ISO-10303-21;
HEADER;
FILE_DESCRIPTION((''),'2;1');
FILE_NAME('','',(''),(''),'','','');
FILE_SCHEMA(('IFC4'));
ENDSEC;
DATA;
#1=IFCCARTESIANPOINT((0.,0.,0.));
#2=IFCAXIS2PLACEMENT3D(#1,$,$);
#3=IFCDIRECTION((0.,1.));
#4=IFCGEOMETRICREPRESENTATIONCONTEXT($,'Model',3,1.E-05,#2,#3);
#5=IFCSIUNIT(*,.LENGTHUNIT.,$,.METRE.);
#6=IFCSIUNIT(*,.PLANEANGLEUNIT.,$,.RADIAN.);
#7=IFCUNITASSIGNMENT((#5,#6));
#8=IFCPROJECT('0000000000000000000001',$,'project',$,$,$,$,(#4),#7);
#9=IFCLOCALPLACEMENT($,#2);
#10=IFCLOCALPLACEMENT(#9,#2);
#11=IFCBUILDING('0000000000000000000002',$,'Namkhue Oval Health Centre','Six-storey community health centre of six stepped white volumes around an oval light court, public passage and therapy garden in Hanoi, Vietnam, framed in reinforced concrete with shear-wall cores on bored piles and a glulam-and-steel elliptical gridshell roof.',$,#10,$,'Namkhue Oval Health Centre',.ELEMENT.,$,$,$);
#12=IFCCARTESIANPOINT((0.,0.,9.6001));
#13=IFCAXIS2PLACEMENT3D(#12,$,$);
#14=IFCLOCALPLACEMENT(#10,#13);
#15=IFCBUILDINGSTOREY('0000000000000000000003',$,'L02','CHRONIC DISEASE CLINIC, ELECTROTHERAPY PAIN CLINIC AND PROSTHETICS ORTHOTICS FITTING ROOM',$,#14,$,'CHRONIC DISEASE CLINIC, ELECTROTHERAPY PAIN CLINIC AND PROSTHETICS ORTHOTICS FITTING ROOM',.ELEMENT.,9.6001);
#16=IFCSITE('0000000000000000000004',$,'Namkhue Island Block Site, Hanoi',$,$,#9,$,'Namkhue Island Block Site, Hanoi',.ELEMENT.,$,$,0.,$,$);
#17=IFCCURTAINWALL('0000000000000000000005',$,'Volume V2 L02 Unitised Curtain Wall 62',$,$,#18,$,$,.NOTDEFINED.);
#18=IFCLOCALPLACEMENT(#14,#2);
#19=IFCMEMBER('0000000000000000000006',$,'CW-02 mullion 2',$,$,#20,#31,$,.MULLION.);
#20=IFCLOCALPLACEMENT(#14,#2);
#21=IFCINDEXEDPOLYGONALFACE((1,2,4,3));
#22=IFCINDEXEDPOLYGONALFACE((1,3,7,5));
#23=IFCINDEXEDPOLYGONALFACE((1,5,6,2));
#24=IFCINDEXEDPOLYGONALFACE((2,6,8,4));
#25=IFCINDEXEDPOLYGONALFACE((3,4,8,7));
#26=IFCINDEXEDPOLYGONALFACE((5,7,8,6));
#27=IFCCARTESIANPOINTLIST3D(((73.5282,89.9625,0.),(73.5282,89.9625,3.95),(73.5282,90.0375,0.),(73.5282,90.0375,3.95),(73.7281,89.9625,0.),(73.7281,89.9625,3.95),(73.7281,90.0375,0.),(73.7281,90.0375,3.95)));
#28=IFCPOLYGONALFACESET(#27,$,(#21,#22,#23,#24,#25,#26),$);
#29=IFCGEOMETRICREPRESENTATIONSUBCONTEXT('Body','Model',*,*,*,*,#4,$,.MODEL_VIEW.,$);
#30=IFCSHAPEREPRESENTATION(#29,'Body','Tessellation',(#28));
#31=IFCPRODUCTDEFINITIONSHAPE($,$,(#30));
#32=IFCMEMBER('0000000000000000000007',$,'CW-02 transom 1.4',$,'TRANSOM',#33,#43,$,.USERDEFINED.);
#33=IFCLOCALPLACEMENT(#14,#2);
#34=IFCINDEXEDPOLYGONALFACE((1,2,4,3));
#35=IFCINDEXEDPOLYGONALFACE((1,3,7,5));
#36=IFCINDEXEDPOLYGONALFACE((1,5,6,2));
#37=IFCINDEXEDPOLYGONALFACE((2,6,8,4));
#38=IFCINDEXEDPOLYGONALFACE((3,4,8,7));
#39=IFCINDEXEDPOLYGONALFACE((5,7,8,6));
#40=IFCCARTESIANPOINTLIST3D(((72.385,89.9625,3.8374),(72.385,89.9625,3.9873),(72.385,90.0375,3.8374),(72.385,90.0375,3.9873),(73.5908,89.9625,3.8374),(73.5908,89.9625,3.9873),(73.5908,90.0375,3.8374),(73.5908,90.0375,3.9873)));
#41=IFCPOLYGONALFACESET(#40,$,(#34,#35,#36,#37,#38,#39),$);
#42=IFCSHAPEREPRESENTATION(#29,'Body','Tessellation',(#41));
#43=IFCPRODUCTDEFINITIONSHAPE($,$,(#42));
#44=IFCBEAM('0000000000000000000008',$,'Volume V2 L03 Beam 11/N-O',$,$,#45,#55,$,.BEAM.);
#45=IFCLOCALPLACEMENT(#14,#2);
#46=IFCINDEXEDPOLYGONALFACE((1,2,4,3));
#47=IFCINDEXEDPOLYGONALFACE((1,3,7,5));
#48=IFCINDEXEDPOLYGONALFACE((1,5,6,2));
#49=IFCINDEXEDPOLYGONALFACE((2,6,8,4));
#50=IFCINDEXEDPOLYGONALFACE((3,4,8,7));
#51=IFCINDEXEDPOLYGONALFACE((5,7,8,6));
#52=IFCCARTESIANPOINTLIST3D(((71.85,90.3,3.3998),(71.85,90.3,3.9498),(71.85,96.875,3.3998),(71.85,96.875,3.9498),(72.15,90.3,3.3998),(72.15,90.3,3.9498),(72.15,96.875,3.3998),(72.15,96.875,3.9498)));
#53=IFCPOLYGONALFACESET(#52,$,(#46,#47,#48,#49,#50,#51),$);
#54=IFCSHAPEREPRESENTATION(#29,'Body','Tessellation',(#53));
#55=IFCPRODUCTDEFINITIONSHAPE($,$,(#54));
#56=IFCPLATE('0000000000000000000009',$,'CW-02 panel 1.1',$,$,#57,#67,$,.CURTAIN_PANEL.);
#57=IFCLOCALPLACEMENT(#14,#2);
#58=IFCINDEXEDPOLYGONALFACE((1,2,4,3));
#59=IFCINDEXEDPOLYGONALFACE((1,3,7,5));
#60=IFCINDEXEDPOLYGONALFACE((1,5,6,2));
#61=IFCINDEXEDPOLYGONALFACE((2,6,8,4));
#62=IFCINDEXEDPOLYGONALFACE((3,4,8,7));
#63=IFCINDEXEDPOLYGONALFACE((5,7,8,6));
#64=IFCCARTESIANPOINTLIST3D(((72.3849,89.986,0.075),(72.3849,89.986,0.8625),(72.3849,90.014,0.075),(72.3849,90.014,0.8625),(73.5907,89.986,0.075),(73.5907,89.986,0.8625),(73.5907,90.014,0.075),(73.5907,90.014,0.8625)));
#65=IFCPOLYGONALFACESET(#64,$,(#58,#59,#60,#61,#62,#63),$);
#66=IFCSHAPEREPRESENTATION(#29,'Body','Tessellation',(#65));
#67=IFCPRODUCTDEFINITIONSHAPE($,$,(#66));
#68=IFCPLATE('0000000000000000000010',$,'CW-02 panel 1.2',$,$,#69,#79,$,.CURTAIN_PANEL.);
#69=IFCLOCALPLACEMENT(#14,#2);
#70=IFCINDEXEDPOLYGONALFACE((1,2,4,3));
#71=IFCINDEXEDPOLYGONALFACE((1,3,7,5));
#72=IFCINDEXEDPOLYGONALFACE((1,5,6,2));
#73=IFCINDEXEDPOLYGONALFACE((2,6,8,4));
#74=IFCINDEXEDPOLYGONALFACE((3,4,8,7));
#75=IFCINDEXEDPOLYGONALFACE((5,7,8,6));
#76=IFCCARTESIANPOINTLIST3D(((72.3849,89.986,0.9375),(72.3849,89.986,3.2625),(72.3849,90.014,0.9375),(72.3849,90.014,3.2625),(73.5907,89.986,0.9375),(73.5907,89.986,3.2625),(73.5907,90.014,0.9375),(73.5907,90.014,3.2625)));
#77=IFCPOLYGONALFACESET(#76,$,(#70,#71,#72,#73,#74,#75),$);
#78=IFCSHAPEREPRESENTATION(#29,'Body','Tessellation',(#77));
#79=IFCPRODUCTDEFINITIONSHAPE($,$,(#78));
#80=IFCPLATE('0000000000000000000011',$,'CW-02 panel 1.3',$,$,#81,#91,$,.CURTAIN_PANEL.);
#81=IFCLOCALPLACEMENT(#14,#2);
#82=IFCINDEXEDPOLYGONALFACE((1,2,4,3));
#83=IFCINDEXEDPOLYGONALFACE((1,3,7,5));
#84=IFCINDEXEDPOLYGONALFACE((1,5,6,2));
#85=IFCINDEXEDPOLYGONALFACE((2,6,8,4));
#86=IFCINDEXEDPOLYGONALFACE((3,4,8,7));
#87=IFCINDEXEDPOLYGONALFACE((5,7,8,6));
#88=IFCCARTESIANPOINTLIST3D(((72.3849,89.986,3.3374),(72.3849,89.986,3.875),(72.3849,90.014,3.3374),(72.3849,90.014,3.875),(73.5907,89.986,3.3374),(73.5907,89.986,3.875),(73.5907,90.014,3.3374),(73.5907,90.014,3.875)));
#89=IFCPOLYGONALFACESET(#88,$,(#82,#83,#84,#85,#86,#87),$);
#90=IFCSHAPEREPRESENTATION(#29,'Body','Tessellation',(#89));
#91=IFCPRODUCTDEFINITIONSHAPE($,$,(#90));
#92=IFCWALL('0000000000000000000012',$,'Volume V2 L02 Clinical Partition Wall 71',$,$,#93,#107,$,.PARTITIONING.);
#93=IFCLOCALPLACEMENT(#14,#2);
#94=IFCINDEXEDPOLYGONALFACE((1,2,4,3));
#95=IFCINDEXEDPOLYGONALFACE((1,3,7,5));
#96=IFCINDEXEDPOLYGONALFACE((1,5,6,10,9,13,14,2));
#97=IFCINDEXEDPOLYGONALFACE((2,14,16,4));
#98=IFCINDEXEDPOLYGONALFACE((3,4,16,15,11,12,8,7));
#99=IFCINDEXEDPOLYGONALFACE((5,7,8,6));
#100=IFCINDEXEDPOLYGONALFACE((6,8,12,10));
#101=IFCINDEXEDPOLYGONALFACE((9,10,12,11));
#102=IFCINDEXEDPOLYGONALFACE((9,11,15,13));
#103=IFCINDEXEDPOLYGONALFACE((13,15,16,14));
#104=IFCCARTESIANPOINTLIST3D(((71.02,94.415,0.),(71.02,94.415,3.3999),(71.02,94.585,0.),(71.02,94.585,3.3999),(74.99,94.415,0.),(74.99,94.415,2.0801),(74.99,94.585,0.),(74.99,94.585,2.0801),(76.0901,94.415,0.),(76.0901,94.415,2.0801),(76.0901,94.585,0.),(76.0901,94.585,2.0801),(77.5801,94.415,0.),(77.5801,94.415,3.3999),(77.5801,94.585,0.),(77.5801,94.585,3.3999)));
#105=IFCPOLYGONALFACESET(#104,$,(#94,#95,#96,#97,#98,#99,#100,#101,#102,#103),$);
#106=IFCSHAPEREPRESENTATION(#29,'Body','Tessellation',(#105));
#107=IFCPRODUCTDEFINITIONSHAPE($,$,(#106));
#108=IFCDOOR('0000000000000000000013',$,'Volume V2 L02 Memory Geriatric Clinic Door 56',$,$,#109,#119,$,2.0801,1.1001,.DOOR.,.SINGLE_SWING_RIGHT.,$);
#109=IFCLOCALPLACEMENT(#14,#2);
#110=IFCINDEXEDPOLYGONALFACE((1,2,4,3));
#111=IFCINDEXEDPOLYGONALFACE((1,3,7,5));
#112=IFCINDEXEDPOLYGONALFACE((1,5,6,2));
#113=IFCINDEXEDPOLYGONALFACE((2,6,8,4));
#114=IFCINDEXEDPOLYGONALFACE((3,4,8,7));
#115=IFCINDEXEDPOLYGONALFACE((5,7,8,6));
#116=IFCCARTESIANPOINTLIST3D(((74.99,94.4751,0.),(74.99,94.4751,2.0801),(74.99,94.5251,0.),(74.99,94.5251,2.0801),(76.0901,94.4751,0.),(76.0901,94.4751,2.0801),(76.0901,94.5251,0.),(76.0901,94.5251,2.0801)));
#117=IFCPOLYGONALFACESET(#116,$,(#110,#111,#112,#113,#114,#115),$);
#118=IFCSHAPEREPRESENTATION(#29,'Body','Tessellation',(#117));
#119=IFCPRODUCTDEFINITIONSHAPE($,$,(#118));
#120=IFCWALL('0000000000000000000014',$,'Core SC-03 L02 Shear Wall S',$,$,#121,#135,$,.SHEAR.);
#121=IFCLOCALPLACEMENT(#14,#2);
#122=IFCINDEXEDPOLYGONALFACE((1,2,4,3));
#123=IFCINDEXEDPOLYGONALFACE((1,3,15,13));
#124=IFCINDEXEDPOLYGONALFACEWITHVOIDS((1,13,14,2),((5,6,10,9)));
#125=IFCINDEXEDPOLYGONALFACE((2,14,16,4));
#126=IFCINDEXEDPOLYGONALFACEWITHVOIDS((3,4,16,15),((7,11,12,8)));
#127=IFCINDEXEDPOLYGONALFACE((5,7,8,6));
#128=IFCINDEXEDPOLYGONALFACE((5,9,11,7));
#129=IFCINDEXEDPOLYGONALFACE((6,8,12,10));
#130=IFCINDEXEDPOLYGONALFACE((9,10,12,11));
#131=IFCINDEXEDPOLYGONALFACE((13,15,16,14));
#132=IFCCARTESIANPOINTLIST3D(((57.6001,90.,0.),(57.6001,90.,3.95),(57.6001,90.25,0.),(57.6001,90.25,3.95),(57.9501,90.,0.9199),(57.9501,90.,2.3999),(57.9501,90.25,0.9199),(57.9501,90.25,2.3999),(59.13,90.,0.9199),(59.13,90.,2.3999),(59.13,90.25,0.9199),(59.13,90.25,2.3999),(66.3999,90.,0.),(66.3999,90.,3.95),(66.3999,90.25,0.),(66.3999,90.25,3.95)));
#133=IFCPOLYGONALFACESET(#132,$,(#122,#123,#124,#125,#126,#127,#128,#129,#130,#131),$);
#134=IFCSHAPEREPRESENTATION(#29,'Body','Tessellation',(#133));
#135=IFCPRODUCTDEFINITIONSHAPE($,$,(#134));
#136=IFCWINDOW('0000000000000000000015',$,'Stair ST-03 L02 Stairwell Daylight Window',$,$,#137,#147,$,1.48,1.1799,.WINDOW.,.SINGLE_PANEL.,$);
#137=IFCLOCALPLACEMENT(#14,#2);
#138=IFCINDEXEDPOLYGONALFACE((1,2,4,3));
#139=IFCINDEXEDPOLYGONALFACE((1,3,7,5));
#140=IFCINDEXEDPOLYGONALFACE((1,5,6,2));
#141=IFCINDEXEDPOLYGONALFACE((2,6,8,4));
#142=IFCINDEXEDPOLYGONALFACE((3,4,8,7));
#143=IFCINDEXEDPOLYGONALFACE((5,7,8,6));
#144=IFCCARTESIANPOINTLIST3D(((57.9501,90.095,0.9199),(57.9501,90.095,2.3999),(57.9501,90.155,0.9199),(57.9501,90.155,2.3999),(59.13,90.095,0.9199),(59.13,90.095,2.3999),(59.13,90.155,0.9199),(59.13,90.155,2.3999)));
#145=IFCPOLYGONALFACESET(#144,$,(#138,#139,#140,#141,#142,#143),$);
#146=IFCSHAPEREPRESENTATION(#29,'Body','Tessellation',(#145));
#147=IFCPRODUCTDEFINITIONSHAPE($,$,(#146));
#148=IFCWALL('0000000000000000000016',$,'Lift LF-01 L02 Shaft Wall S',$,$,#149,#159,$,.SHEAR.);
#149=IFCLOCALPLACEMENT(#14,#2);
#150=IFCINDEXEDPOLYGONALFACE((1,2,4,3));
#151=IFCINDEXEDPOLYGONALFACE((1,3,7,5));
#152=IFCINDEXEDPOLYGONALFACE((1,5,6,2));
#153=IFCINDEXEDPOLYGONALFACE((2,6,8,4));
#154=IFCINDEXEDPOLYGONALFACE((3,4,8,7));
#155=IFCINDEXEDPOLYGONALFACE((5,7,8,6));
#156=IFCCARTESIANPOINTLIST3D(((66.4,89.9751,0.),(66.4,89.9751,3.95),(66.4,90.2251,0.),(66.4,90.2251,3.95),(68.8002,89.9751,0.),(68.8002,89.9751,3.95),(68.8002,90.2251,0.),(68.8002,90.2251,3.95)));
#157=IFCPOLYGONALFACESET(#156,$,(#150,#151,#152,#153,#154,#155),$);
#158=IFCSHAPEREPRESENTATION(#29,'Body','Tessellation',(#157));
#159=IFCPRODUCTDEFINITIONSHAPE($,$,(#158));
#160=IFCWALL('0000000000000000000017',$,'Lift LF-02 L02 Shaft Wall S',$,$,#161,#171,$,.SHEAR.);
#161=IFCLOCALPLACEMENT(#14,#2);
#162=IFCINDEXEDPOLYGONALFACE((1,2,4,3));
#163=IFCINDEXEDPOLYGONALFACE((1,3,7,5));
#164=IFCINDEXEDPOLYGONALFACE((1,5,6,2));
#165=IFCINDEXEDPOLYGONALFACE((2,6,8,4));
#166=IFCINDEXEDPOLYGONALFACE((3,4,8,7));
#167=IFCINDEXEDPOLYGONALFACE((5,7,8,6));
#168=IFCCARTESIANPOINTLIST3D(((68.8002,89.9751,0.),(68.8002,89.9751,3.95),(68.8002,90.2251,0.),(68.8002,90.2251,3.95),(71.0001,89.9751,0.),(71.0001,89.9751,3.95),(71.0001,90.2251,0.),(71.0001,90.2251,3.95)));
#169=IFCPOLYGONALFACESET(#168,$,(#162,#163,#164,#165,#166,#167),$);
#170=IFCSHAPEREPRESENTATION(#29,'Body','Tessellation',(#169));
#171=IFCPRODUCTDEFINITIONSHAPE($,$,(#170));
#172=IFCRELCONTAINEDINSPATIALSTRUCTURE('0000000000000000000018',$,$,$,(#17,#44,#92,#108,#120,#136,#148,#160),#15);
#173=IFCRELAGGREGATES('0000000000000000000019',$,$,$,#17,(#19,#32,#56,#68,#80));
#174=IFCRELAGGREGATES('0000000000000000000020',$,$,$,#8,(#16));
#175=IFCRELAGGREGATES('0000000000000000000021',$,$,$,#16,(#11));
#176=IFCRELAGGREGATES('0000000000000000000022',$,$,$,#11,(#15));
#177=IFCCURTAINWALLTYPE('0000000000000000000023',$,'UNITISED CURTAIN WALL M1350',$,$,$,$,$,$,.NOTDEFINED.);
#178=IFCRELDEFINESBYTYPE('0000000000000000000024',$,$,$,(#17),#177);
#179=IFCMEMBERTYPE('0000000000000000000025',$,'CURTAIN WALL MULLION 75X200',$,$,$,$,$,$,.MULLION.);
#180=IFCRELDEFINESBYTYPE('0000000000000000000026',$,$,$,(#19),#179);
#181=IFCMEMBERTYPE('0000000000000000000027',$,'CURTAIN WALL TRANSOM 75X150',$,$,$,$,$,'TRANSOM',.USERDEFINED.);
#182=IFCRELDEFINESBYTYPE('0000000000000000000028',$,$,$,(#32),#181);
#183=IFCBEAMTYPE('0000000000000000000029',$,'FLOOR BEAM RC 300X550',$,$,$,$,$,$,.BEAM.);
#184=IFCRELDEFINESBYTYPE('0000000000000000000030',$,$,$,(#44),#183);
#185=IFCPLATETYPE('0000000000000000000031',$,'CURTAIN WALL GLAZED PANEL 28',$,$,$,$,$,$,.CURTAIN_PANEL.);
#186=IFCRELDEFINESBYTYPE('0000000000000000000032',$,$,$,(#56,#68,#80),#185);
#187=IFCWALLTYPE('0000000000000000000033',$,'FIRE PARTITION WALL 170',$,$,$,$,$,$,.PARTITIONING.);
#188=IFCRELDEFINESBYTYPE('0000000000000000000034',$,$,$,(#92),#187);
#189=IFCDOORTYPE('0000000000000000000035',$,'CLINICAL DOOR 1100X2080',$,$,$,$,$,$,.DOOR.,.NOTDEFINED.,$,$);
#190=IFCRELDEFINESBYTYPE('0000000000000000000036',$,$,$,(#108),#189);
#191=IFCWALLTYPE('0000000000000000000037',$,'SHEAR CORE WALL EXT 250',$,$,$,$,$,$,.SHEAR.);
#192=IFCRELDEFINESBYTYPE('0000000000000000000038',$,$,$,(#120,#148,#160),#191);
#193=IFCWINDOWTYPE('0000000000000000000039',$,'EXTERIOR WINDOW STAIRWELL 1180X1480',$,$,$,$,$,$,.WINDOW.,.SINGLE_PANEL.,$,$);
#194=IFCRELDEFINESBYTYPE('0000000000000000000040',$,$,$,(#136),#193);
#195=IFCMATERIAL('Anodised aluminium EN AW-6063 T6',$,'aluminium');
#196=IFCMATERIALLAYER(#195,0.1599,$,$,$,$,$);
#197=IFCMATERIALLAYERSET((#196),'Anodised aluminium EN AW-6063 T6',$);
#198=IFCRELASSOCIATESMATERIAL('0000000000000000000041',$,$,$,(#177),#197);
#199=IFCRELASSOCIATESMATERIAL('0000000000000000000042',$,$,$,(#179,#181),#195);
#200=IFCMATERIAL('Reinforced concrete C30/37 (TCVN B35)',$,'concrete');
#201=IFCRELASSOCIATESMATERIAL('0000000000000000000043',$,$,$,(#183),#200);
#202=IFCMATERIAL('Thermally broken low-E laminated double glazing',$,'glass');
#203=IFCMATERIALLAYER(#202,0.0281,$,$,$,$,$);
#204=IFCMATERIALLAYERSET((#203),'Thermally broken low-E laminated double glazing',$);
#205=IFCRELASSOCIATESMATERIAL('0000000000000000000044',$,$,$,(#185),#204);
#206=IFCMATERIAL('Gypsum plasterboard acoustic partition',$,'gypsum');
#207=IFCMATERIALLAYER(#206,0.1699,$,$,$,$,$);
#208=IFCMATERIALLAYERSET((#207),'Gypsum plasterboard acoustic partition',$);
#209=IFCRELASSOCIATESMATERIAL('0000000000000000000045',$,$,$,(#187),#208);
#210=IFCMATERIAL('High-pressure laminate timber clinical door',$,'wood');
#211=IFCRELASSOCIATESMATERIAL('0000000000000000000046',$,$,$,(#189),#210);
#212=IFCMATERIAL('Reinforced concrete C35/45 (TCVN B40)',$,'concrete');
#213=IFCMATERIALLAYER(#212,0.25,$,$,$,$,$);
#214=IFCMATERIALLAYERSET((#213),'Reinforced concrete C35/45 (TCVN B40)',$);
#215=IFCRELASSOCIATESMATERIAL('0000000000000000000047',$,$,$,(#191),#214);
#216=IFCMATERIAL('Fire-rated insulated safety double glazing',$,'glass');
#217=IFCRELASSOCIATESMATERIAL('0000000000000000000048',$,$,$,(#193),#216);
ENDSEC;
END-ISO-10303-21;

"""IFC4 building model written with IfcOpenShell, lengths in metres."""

from ifc_helpers import new_model, si_unit, direction, frame, frame_2d, origin, origin_2d, place, context, subcontext, project, spatial, rectangle, extrude, material, layer, layer_set, material_profile, profile_set, type_object, element, fill, aggregate, save


model = new_model("IFC4")

# Units and contexts
model_context = context("Model", 3, precision=1e-05, world=origin(), true_north=direction((0.0, 1.0)))
body_context = subcontext(model_context, "Body", "Model", "MODEL_VIEW")
ifc_project = project(units=[si_unit("LENGTHUNIT", "METRE"), si_unit("PLANEANGLEUNIT", "RADIAN")], contexts=[model_context])

# Site, building, storey
site_placement = place(None, origin())
site = spatial("IfcSite", under=ifc_project, at=site_placement, Name="Namkhue Island Block Site, Hanoi", LongName="Namkhue Island Block Site, Hanoi", CompositionType="ELEMENT", RefElevation=0.0)
building_placement = place(site_placement, origin())
building = spatial("IfcBuilding", under=site, at=building_placement, Name="Namkhue Oval Health Centre", Description="Six-storey community health centre of six stepped white volumes around an oval light court, public passage and therapy garden in Hanoi, Vietnam, framed in reinforced concrete with shear-wall cores on bored piles and a glulam-and-steel elliptical gridshell roof.", LongName="Namkhue Oval Health Centre", CompositionType="ELEMENT")
storey_placement = place(building_placement, frame((0.0, 0.0, 9.6001)))
storey = spatial("IfcBuildingStorey", under=building, at=storey_placement, Name="L02", Description="CHRONIC DISEASE CLINIC, ELECTROTHERAPY PAIN CLINIC AND PROSTHETICS ORTHOTICS FITTING ROOM", LongName="CHRONIC DISEASE CLINIC, ELECTROTHERAPY PAIN CLINIC AND PROSTHETICS ORTHOTICS FITTING ROOM", CompositionType="ELEMENT", Elevation=9.6001)

# Curtain wall, members
ifc_material_1 = material(Name="Anodised aluminium EN AW-6063 T6", Category="aluminium")
ifc_layer_1 = layer(ifc_material_1, 0.1599)
ifc_layer_set_1 = layer_set([ifc_layer_1], Name="Anodised aluminium EN AW-6063 T6")
curtain_wall_type = type_object("IfcCurtainWallType", Name="UNITISED CURTAIN WALL M1350", PredefinedType="NOTDEFINED", material=ifc_layer_set_1)
curtain_wall_placement = place(storey_placement, origin())
curtain_wall = element("IfcCurtainWall", 1, at=curtain_wall_placement, inside=storey, type_object=curtain_wall_type, Name="Volume V2 L02 Unitised Curtain Wall 62", PredefinedType="NOTDEFINED")
ifc_material_profile_1 = material_profile(ifc_material_1, rectangle(XDim=0.075, YDim=0.2, at=origin_2d()), Name="ALU 75x200")
ifc_profile_set_1 = profile_set([ifc_material_profile_1], Name="Anodised aluminium EN AW-6063 T6")
member_type_1 = type_object("IfcMemberType", Name="CURTAIN WALL MULLION 75X200", PredefinedType="MULLION", material=ifc_profile_set_1)
member_1_placement = place(storey_placement, frame((73.6282, 90.0, 0.0), z_axis=(0.0, 0.0, 1.0), x_axis=(0.0, 1.0, 0.0)))
member_1 = element("IfcMember", 2, at=member_1_placement, type_object=member_type_1, Name="CW-02 mullion 2", PredefinedType="MULLION", context=body_context, shape_type="SweptSolid", body=[
    extrude(rectangle(XDim=0.075, YDim=0.2, at=origin_2d()), origin(), (0.0, 0.0, 1.0), 3.95),
])
ifc_material_profile_2 = material_profile(ifc_material_1, rectangle(XDim=0.075, YDim=0.1499, at=origin_2d()), Name="ALU 75x150")
ifc_profile_set_2 = profile_set([ifc_material_profile_2], Name="Anodised aluminium EN AW-6063 T6")
member_type_2 = type_object("IfcMemberType", Name="CURTAIN WALL TRANSOM 75X150", ElementType="TRANSOM", PredefinedType="USERDEFINED", material=ifc_profile_set_2)
member_2_placement = place(storey_placement, frame((72.385, 90.0, 3.9124), z_axis=(1.0, 0.0, 0.0), x_axis=(0.0, 1.0, 0.0)))
member_2 = element("IfcMember", 3, at=member_2_placement, type_object=member_type_2, Name="CW-02 transom 1.4", ObjectType="TRANSOM", PredefinedType="USERDEFINED", context=body_context, shape_type="SweptSolid", body=[
    extrude(rectangle(XDim=0.075, YDim=0.1499, at=origin_2d()), origin(), (0.0, 0.0, 1.0), 1.2058),
])

# Beam
ifc_material_2 = material(Name="Reinforced concrete C30/37 (TCVN B35)", Category="concrete")
ifc_material_profile_3 = material_profile(ifc_material_2, rectangle(XDim=0.3, YDim=0.55, at=origin_2d()), Name="RC 300x550")
ifc_profile_set_3 = profile_set([ifc_material_profile_3], Name="Reinforced concrete C30/37 (TCVN B35)")
beam_type = type_object("IfcBeamType", Name="FLOOR BEAM RC 300X550", PredefinedType="BEAM", material=ifc_profile_set_3)
beam_placement = place(storey_placement, frame((72.0, 90.3, 3.6748), z_axis=(0.0, 1.0, 0.0), x_axis=(-1.0, 0.0, 0.0)))
element("IfcBeam", 4, at=beam_placement, inside=storey, type_object=beam_type, Name="Volume V2 L03 Beam 11/N-O", PredefinedType="BEAM", context=body_context, shape_type="SweptSolid", body=[
    extrude(rectangle(XDim=0.3, YDim=0.55, at=origin_2d()), origin(), (0.0, 0.0, 1.0), 6.575),
])

# Plates
ifc_material_3 = material(Name="Thermally broken low-E laminated double glazing", Category="glass")
ifc_layer_2 = layer(ifc_material_3, 0.0281)
ifc_layer_set_2 = layer_set([ifc_layer_2], Name="Thermally broken low-E laminated double glazing")
plate_type = type_object("IfcPlateType", Name="CURTAIN WALL GLAZED PANEL 28", PredefinedType="CURTAIN_PANEL", material=ifc_layer_set_2)
plate_1_placement = place(storey_placement, frame((72.9878, 90.0, 0.075), z_axis=(0.0, 0.0, 1.0), x_axis=(1.0, 0.0, 0.0)))
plate_1 = element("IfcPlate", 5, at=plate_1_placement, type_object=plate_type, Name="CW-02 panel 1.1", PredefinedType="CURTAIN_PANEL", context=body_context, shape_type="SweptSolid", body=[
    extrude(rectangle(XDim=1.2058, YDim=0.0281, at=origin_2d()), origin(), (0.0, 0.0, 1.0), 0.7876),
])
plate_2_placement = place(storey_placement, frame((72.9878, 90.0, 0.9375), z_axis=(0.0, 0.0, 1.0), x_axis=(1.0, 0.0, 0.0)))
plate_2 = element("IfcPlate", 6, at=plate_2_placement, type_object=plate_type, Name="CW-02 panel 1.2", PredefinedType="CURTAIN_PANEL", context=body_context, shape_type="SweptSolid", body=[
    extrude(rectangle(XDim=1.2058, YDim=0.0281, at=origin_2d()), origin(), (0.0, 0.0, 1.0), 2.325),
])
plate_3_placement = place(storey_placement, frame((72.9878, 90.0, 3.3374), z_axis=(0.0, 0.0, 1.0), x_axis=(1.0, 0.0, 0.0)))
plate_3 = element("IfcPlate", 7, at=plate_3_placement, type_object=plate_type, Name="CW-02 panel 1.3", PredefinedType="CURTAIN_PANEL", context=body_context, shape_type="SweptSolid", body=[
    extrude(rectangle(XDim=1.2058, YDim=0.0281, at=origin_2d()), origin(), (0.0, 0.0, 1.0), 0.5376),
])
aggregate(curtain_wall, [member_1, member_2, plate_1, plate_2, plate_3])

# Wall, opening, door
ifc_material_4 = material(Name="Gypsum plasterboard acoustic partition", Category="gypsum")
ifc_layer_3 = layer(ifc_material_4, 0.1699)
ifc_layer_set_3 = layer_set([ifc_layer_3], Name="Gypsum plasterboard acoustic partition")
wall_type_1 = type_object("IfcWallType", Name="FIRE PARTITION WALL 170", PredefinedType="PARTITIONING", material=ifc_layer_set_3)
wall_1_placement = place(storey_placement, frame((71.02, 94.5, 0.0), z_axis=(0.0, 0.0, 1.0), x_axis=(1.0, 0.0, 0.0)))
wall_1 = element("IfcWall", 8, at=wall_1_placement, inside=storey, type_object=wall_type_1, Name="Volume V2 L02 Clinical Partition Wall 71", PredefinedType="PARTITIONING", context=body_context, shape_type="SweptSolid", body=[
    extrude(rectangle(XDim=6.5601, YDim=0.1699, at=frame_2d((3.28, 0.0))), origin(), (0.0, 0.0, 1.0), 3.3999),
])
opening_1_placement = place(wall_1_placement, frame((3.97, 0.0, 0.0)))
opening_1 = element("IfcOpeningElement", 9, at=opening_1_placement, cuts=wall_1, PredefinedType="OPENING", context=body_context, shape_type="SweptSolid", body=[
    extrude(rectangle(XDim=1.1001, YDim=2.0801, at=frame_2d((0.55, 1.04))), frame((0.0, 0.095, 0.0), z_axis=(0.0, -1.0, 0.0), x_axis=(1.0, 0.0, 0.0)), (0.0, 0.0, 1.0), 0.1899),
])
ifc_material_5 = material(Name="High-pressure laminate timber clinical door", Category="wood")
door_type_1 = type_object("IfcDoorType", Name="CLINICAL DOOR 1100X2080", OperationType="NOTDEFINED", PredefinedType="DOOR", material=ifc_material_5)
door_1_placement = place(opening_1_placement, frame((1.1001, 0.0, 0.0), z_axis=(0.0, 0.0, 1.0), x_axis=(-1.0, 0.0, 0.0)))
door_1 = element("IfcDoor", 10, at=door_1_placement, inside=storey, type_object=door_type_1, Name="Volume V2 L02 Memory Geriatric Clinic Door 56", OperationType="SINGLE_SWING_RIGHT", OverallHeight=2.0801, OverallWidth=1.1001, PredefinedType="DOOR", context=body_context, shape_type="SweptSolid", body=[
    extrude(rectangle(XDim=1.1001, YDim=2.0801, at=frame_2d((0.55, 1.04))), frame((0.0, 0.0249, 0.0), z_axis=(0.0, -1.0, 0.0), x_axis=(1.0, 0.0, 0.0)), (0.0, 0.0, 1.0), 0.05),
])
fill(opening_1, door_1)

# Wall, opening, window
ifc_material_6 = material(Name="Reinforced concrete C35/45 (TCVN B40)", Category="concrete")
ifc_layer_4 = layer(ifc_material_6, 0.25)
ifc_layer_set_4 = layer_set([ifc_layer_4], Name="Reinforced concrete C35/45 (TCVN B40)")
wall_type_2 = type_object("IfcWallType", Name="SHEAR CORE WALL EXT 250", PredefinedType="SHEAR", material=ifc_layer_set_4)
wall_2_placement = place(storey_placement, frame((57.6001, 90.125, 0.0), z_axis=(0.0, 0.0, 1.0), x_axis=(1.0, 0.0, 0.0)))
wall_2 = element("IfcWall", 11, at=wall_2_placement, inside=storey, type_object=wall_type_2, Name="Core SC-03 L02 Shear Wall S", PredefinedType="SHEAR", context=body_context, shape_type="SweptSolid", body=[
    extrude(rectangle(XDim=8.7998, YDim=0.25, at=frame_2d((4.3999, 0.0))), origin(), (0.0, 0.0, 1.0), 3.95),
])
opening_2_placement = place(wall_2_placement, frame((0.3501, 0.0, 0.9199)))
opening_2 = element("IfcOpeningElement", 12, at=opening_2_placement, cuts=wall_2, PredefinedType="OPENING", context=body_context, shape_type="SweptSolid", body=[
    extrude(rectangle(XDim=1.1799, YDim=1.48, at=frame_2d((0.5898, 0.74))), frame((0.0, 0.135, 0.0), z_axis=(0.0, -1.0, 0.0), x_axis=(1.0, 0.0, 0.0)), (0.0, 0.0, 1.0), 0.27),
])
ifc_material_7 = material(Name="Fire-rated insulated safety double glazing", Category="glass")
window_type = type_object("IfcWindowType", Name="EXTERIOR WINDOW STAIRWELL 1180X1480", PartitioningType="SINGLE_PANEL", PredefinedType="WINDOW", material=ifc_material_7)
window_placement = place(opening_2_placement, origin())
window = element("IfcWindow", 13, at=window_placement, inside=storey, type_object=window_type, Name="Stair ST-03 L02 Stairwell Daylight Window", OverallHeight=1.48, OverallWidth=1.1799, PartitioningType="SINGLE_PANEL", PredefinedType="WINDOW", context=body_context, shape_type="SweptSolid", body=[
    extrude(rectangle(XDim=1.1799, YDim=1.48, at=frame_2d((0.5898, 0.74))), frame((0.0, 0.03, 0.0), z_axis=(0.0, -1.0, 0.0), x_axis=(1.0, 0.0, 0.0)), (0.0, 0.0, 1.0), 0.0601),
])
fill(opening_2, window)

# Walls
wall_3_placement = place(storey_placement, frame((66.3999, 90.1001, 0.0), z_axis=(0.0, 0.0, 1.0), x_axis=(1.0, 0.0, 0.0)))
element("IfcWall", 14, at=wall_3_placement, inside=storey, type_object=wall_type_2, Name="Lift LF-01 L02 Shaft Wall S", PredefinedType="SHEAR", context=body_context, shape_type="SweptSolid", body=[
    extrude(rectangle(XDim=2.4001, YDim=0.25, at=frame_2d((1.2002, 0.0))), origin(), (0.0, 0.0, 1.0), 3.95),
])
wall_4_placement = place(storey_placement, frame((68.8, 90.1001, 0.0), z_axis=(0.0, 0.0, 1.0), x_axis=(1.0, 0.0, 0.0)))
element("IfcWall", 15, at=wall_4_placement, inside=storey, type_object=wall_type_2, Name="Lift LF-02 L02 Shaft Wall S", PredefinedType="SHEAR", context=body_context, shape_type="SweptSolid", body=[
    extrude(rectangle(XDim=2.2, YDim=0.25, at=frame_2d((1.1001, 0.0))), origin(), (0.0, 0.0, 1.0), 3.95),
])

save(model, "model.ifc")
